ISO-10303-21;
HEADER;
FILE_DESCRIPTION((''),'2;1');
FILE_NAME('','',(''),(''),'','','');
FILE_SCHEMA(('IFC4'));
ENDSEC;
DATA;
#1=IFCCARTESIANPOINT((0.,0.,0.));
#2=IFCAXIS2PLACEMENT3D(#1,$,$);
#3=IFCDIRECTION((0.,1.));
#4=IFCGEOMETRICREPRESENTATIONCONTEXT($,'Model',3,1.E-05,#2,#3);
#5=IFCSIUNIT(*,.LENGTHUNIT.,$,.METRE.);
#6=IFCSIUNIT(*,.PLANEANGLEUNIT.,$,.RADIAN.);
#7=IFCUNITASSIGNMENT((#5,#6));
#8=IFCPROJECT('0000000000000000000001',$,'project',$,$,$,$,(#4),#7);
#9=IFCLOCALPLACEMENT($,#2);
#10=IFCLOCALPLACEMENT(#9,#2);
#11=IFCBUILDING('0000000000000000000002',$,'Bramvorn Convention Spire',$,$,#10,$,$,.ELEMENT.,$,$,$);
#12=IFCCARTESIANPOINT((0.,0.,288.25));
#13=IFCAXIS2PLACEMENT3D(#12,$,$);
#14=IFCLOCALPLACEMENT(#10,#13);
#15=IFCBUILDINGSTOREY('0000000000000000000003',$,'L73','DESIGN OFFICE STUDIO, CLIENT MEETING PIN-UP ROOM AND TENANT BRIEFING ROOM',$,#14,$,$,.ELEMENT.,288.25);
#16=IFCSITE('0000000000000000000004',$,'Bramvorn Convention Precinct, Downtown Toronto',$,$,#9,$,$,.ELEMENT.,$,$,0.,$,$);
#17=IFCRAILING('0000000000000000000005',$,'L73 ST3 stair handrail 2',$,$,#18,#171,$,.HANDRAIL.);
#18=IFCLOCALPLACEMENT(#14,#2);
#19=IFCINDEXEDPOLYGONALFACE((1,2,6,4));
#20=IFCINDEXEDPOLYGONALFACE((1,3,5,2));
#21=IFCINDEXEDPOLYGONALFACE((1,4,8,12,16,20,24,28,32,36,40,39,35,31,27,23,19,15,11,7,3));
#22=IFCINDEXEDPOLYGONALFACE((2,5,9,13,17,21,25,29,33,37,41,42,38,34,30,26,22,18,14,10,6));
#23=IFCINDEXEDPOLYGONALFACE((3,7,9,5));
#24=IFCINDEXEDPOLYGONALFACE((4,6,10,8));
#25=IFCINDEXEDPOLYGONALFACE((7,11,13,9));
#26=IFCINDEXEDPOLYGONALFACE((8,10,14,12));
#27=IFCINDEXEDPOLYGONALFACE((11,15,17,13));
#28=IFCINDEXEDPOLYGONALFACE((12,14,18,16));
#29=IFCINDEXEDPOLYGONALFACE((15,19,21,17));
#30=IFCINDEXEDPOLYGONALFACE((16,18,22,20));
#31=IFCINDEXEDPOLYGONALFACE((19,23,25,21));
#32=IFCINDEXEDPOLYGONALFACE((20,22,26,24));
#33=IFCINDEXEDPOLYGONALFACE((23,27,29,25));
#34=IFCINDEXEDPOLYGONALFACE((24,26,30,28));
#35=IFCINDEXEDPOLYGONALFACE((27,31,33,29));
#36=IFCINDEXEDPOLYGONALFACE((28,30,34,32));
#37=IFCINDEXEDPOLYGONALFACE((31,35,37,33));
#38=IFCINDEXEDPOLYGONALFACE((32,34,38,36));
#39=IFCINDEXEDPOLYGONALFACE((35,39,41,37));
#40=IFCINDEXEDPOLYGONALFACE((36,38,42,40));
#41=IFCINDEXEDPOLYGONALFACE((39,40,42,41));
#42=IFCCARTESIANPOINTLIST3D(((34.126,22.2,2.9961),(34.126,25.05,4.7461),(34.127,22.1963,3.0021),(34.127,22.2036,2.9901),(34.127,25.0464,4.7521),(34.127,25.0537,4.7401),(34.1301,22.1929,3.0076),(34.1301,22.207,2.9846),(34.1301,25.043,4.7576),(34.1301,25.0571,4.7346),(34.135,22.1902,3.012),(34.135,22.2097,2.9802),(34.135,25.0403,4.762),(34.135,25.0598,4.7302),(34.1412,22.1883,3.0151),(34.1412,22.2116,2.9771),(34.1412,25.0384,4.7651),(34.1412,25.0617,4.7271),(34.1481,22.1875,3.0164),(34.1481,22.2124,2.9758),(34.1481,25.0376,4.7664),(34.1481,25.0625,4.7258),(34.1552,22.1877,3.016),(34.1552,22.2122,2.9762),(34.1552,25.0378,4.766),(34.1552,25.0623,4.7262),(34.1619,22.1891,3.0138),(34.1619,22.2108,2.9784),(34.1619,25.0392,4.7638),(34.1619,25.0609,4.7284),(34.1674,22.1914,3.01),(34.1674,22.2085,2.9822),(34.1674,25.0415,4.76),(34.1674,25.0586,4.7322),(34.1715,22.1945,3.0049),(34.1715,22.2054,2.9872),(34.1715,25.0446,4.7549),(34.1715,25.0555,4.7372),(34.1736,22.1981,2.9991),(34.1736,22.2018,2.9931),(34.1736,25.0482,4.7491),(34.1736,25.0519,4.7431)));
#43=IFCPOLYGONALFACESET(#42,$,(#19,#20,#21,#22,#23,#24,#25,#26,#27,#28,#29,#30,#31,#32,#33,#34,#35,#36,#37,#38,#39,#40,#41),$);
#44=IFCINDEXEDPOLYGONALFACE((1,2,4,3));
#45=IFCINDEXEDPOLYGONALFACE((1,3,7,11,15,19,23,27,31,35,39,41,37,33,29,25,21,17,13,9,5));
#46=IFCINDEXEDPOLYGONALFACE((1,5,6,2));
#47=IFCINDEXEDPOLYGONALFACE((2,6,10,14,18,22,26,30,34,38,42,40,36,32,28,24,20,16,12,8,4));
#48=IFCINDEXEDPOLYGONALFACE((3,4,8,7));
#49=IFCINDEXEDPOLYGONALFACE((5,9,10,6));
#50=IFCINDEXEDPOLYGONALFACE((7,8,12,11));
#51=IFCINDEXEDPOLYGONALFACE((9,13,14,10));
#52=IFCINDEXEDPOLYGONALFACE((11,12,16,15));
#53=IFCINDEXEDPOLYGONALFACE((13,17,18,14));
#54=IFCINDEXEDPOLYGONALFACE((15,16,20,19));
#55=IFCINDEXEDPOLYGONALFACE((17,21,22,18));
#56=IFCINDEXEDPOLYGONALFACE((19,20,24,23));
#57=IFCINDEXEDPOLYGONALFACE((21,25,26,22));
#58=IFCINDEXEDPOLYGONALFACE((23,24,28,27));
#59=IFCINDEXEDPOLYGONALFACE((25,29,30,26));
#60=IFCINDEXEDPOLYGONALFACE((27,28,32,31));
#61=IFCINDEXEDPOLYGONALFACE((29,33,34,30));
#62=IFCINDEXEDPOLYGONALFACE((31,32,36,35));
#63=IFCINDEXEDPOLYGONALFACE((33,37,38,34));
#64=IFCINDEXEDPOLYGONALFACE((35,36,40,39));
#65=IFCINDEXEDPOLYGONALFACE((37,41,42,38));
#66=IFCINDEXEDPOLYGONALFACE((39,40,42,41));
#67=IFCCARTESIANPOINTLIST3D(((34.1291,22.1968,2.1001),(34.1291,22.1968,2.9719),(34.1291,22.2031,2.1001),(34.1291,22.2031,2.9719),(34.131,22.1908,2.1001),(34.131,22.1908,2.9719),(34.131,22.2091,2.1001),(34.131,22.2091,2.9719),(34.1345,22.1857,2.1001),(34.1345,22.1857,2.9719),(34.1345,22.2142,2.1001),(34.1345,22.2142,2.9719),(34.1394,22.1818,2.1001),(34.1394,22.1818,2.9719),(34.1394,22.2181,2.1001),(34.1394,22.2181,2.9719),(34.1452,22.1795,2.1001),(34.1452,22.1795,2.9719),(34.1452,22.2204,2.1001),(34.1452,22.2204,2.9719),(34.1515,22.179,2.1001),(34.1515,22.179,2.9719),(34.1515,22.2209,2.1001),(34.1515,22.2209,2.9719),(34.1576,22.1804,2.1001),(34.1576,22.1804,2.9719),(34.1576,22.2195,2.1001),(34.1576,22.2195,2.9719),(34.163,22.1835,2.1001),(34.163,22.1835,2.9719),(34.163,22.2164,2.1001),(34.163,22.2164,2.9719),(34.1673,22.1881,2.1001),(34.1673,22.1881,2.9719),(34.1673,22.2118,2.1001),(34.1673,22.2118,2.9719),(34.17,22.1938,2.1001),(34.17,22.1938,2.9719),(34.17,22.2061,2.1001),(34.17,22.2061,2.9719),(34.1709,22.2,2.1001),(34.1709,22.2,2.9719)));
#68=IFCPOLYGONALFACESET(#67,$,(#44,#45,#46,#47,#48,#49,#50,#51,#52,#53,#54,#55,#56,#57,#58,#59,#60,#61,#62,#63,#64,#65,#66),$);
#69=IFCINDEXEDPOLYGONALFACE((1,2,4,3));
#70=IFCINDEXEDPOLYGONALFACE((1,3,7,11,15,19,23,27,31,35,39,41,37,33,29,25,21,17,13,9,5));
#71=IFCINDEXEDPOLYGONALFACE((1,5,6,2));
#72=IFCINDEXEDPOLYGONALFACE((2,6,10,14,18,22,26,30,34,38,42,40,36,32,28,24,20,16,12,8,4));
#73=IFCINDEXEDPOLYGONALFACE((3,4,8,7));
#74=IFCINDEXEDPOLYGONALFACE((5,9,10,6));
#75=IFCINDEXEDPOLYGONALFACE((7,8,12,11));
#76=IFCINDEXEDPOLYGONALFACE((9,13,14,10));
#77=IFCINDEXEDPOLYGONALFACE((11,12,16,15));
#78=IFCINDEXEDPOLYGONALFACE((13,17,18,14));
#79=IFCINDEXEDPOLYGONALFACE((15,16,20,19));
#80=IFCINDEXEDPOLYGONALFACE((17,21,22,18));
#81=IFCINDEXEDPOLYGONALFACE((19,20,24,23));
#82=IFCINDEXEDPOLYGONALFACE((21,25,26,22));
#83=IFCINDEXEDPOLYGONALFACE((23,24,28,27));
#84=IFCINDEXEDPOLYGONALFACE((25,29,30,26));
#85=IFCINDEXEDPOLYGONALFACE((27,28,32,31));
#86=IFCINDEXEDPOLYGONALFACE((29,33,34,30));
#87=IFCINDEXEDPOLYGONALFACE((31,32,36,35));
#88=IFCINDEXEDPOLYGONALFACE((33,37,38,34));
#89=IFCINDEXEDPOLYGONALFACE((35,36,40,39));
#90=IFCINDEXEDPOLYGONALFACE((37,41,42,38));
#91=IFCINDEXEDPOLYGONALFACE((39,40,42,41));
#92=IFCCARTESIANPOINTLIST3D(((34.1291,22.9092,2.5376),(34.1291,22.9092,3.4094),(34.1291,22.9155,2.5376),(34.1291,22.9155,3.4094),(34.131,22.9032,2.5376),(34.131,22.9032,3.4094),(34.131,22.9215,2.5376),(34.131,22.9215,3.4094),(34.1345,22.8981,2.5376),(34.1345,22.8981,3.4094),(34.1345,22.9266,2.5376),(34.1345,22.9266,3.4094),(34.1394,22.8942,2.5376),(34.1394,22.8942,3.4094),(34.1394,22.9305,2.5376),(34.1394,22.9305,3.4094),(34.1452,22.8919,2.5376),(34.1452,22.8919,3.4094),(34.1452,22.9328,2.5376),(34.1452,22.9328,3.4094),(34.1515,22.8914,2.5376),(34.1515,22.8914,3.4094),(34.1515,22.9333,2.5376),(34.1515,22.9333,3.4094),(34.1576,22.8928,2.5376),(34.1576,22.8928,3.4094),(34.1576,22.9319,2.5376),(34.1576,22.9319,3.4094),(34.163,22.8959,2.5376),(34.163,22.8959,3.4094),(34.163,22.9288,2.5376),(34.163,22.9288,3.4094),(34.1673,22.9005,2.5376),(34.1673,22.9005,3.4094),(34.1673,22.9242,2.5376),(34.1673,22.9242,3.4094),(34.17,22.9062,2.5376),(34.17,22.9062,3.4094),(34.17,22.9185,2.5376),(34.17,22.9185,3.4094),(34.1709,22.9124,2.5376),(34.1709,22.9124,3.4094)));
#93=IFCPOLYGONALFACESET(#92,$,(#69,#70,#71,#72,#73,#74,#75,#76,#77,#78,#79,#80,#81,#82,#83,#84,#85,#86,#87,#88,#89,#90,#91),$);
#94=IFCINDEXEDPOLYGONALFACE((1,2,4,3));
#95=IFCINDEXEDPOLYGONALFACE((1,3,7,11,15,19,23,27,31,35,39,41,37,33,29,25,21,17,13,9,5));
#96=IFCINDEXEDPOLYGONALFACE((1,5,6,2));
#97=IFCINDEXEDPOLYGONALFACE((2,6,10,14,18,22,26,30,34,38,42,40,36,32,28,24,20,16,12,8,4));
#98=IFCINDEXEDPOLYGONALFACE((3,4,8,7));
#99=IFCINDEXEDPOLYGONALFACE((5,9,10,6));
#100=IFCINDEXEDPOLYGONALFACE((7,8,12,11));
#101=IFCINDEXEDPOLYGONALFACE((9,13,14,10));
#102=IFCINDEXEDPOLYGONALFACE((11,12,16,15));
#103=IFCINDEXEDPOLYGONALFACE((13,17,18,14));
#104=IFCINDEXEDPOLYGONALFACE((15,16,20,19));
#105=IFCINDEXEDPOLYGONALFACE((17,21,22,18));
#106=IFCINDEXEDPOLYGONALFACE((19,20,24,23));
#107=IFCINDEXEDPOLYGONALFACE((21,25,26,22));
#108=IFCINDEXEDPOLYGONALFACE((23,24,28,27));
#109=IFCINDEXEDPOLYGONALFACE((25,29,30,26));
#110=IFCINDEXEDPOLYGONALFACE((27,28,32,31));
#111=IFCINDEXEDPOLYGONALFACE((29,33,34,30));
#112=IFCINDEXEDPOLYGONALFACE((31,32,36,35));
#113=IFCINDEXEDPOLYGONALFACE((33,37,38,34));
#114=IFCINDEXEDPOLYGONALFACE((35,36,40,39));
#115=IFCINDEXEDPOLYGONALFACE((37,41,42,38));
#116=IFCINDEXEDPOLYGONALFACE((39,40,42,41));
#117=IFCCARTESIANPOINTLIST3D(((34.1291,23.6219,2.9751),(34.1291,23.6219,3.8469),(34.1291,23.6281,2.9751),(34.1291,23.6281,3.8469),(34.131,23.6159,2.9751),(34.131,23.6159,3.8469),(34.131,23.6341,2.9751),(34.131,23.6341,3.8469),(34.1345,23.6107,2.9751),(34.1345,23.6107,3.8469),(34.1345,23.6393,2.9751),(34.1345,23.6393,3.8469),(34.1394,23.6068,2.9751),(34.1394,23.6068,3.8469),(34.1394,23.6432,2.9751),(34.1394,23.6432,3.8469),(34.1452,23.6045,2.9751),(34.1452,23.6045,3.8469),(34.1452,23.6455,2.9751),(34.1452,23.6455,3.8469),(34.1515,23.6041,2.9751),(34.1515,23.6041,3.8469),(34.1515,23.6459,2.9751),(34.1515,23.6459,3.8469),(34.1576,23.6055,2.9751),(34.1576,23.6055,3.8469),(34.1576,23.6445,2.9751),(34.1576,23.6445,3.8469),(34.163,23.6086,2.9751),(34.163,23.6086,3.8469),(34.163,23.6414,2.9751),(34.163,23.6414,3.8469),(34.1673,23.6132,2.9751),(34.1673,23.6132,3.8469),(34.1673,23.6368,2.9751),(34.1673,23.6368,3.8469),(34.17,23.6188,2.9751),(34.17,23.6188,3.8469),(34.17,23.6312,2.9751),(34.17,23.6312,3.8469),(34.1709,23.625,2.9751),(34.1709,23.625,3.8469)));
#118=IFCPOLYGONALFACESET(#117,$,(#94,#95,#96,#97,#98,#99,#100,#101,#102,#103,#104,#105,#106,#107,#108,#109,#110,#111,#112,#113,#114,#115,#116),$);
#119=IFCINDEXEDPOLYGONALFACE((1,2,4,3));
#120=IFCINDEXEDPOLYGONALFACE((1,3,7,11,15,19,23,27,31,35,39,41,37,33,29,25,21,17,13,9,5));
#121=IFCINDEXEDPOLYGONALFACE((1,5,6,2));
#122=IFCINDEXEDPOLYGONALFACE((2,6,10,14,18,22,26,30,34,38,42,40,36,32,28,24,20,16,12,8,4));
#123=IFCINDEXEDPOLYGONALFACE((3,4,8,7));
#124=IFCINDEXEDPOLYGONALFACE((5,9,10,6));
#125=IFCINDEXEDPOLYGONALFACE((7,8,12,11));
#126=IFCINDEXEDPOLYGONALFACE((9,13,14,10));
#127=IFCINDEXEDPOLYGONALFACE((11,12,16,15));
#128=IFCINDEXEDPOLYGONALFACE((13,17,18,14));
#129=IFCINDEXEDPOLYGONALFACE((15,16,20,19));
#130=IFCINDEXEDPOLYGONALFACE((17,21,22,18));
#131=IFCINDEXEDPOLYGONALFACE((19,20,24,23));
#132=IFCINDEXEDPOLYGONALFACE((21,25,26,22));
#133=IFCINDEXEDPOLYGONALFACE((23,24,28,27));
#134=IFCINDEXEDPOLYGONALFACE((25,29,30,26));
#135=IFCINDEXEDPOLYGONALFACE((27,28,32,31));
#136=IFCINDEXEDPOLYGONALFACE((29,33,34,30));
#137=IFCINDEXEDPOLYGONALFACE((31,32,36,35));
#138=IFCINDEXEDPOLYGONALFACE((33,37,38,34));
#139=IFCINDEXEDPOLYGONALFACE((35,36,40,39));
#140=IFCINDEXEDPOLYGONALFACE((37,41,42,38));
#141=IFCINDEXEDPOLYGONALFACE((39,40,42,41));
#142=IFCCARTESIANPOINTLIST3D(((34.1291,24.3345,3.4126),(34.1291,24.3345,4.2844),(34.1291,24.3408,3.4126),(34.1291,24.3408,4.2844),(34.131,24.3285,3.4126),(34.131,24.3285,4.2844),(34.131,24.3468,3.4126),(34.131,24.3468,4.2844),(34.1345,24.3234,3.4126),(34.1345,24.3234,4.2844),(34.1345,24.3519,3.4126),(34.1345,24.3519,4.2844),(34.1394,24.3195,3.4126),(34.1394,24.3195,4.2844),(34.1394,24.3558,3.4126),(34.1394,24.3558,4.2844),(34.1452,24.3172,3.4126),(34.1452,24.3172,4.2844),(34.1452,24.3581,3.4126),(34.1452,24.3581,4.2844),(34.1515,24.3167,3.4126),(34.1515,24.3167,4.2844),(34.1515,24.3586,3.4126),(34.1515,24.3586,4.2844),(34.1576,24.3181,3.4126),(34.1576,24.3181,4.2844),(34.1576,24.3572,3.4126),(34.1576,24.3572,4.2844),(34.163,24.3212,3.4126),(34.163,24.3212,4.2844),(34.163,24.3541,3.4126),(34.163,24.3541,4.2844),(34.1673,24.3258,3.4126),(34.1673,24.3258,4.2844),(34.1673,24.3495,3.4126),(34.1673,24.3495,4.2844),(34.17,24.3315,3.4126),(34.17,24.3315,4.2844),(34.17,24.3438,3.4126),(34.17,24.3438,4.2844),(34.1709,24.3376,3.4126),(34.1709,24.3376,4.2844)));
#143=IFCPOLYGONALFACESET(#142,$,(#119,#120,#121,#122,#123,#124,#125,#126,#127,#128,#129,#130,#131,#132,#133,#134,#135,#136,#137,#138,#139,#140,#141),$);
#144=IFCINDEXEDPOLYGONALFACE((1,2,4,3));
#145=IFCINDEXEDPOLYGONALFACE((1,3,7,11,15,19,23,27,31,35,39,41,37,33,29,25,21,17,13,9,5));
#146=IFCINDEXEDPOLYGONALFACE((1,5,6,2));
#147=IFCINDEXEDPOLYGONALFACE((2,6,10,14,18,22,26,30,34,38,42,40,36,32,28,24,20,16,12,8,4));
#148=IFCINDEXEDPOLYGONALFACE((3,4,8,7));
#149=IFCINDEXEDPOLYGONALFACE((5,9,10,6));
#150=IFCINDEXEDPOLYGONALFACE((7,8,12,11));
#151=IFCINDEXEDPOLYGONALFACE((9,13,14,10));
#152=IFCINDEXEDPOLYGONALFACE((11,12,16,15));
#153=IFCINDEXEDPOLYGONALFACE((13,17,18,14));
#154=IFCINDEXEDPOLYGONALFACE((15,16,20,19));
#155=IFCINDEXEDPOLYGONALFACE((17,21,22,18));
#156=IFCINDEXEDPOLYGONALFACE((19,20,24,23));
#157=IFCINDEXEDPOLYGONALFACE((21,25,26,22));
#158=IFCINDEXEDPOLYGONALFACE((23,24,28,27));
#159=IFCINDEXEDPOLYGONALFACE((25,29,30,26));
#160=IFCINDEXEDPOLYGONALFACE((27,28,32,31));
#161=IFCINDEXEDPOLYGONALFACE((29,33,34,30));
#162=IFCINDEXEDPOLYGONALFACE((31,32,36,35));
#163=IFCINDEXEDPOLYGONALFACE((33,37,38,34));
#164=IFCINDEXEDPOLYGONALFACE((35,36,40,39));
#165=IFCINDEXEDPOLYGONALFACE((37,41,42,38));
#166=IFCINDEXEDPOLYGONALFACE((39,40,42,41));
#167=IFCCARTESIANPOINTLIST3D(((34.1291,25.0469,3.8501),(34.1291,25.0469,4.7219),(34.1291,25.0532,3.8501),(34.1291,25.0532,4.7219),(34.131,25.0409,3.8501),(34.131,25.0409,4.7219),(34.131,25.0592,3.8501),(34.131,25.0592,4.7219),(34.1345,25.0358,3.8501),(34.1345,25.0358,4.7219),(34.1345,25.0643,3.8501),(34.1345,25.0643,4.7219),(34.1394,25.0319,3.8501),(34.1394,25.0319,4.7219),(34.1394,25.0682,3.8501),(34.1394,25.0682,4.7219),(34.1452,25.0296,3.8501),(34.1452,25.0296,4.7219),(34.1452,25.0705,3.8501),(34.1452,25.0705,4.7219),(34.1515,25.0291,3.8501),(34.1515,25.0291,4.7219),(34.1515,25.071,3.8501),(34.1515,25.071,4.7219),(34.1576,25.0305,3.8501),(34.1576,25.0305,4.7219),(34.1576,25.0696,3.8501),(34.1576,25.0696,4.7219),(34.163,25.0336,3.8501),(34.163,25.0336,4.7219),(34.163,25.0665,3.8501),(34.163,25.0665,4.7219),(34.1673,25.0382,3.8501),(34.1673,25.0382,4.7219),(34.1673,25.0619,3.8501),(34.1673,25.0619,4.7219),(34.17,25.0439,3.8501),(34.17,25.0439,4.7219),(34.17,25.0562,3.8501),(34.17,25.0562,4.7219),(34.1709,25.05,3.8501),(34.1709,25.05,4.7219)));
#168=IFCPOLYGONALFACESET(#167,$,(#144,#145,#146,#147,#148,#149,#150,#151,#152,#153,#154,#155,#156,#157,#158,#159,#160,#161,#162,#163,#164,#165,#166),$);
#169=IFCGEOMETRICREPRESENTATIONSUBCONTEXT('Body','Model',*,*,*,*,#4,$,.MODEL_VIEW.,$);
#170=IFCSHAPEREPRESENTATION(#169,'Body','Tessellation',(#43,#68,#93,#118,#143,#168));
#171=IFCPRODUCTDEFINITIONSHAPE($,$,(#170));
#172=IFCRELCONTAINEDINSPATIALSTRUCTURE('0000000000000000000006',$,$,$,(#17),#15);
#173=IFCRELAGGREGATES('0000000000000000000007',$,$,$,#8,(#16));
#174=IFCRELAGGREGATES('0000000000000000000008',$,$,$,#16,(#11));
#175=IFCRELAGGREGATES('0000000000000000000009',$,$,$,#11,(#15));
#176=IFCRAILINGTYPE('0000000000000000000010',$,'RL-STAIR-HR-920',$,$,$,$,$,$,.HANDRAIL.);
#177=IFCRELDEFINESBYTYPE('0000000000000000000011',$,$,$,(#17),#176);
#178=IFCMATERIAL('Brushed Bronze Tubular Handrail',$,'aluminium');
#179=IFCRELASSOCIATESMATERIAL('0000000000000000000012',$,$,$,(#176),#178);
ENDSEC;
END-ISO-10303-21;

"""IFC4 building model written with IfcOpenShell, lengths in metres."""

from ifc_helpers import new_model, si_unit, direction, frame, origin, origin_2d, place, context, subcontext, project, spatial, circle, extrude, material, type_object, element, save


model = new_model("IFC4")

# Units and contexts
model_context = context("Model", 3, precision=1e-05, world=origin(), true_north=direction((0.0, 1.0)))
body_context = subcontext(model_context, "Body", "Model", "MODEL_VIEW")
ifc_project = project(units=[si_unit("LENGTHUNIT", "METRE"), si_unit("PLANEANGLEUNIT", "RADIAN")], contexts=[model_context])

# Site, building, storey
site_placement = place(None, origin())
site = spatial("IfcSite", under=ifc_project, at=site_placement, Name="Bramvorn Convention Precinct, Downtown Toronto", CompositionType="ELEMENT", RefElevation=0.0)
building_placement = place(site_placement, origin())
building = spatial("IfcBuilding", under=site, at=building_placement, Name="Bramvorn Convention Spire", CompositionType="ELEMENT")
storey_placement = place(building_placement, frame((0.0, 0.0, 288.25)))
storey = spatial("IfcBuildingStorey", under=building, at=storey_placement, Name="L73", Description="DESIGN OFFICE STUDIO, CLIENT MEETING PIN-UP ROOM AND TENANT BRIEFING ROOM", CompositionType="ELEMENT", Elevation=288.25)

# Railing
ifc_material_1 = material(Name="Brushed Bronze Tubular Handrail", Category="aluminium")
railing_type_1 = type_object("IfcRailingType", Name="RL-STAIR-HR-920", PredefinedType="HANDRAIL", material=ifc_material_1)
railing_1_placement = place(storey_placement, frame((34.1499, 22.2, 2.1001)))
element("IfcRailing", 1, at=railing_1_placement, inside=storey, type_object=railing_type_1, Name="L73 ST3 stair handrail 2", PredefinedType="HANDRAIL", context=body_context, shape_type="SweptSolid", body=[
    extrude(circle(Radius=0.0239, at=origin_2d()), frame((0.0, 0.0, 0.896), z_axis=(0.0, 0.852179, 0.52325), x_axis=(-1.0, 0.0, 0.0)), (0.0, 0.0, 1.0), 3.3445),
    extrude(circle(Radius=0.021, at=origin_2d()), origin(), (0.0, 0.0, 1.0), 0.8718),
    extrude(circle(Radius=0.021, at=origin_2d()), frame((0.0, 0.7124, 0.4375)), (0.0, 0.0, 1.0), 0.8718),
    extrude(circle(Radius=0.021, at=origin_2d()), frame((0.0, 1.425, 0.875)), (0.0, 0.0, 1.0), 0.8718),
    extrude(circle(Radius=0.021, at=origin_2d()), frame((0.0, 2.1377, 1.3125)), (0.0, 0.0, 1.0), 0.8718),
    extrude(circle(Radius=0.021, at=origin_2d()), frame((0.0, 2.8501, 1.75)), (0.0, 0.0, 1.0), 0.8718),
])

save(model, "model.ifc")
